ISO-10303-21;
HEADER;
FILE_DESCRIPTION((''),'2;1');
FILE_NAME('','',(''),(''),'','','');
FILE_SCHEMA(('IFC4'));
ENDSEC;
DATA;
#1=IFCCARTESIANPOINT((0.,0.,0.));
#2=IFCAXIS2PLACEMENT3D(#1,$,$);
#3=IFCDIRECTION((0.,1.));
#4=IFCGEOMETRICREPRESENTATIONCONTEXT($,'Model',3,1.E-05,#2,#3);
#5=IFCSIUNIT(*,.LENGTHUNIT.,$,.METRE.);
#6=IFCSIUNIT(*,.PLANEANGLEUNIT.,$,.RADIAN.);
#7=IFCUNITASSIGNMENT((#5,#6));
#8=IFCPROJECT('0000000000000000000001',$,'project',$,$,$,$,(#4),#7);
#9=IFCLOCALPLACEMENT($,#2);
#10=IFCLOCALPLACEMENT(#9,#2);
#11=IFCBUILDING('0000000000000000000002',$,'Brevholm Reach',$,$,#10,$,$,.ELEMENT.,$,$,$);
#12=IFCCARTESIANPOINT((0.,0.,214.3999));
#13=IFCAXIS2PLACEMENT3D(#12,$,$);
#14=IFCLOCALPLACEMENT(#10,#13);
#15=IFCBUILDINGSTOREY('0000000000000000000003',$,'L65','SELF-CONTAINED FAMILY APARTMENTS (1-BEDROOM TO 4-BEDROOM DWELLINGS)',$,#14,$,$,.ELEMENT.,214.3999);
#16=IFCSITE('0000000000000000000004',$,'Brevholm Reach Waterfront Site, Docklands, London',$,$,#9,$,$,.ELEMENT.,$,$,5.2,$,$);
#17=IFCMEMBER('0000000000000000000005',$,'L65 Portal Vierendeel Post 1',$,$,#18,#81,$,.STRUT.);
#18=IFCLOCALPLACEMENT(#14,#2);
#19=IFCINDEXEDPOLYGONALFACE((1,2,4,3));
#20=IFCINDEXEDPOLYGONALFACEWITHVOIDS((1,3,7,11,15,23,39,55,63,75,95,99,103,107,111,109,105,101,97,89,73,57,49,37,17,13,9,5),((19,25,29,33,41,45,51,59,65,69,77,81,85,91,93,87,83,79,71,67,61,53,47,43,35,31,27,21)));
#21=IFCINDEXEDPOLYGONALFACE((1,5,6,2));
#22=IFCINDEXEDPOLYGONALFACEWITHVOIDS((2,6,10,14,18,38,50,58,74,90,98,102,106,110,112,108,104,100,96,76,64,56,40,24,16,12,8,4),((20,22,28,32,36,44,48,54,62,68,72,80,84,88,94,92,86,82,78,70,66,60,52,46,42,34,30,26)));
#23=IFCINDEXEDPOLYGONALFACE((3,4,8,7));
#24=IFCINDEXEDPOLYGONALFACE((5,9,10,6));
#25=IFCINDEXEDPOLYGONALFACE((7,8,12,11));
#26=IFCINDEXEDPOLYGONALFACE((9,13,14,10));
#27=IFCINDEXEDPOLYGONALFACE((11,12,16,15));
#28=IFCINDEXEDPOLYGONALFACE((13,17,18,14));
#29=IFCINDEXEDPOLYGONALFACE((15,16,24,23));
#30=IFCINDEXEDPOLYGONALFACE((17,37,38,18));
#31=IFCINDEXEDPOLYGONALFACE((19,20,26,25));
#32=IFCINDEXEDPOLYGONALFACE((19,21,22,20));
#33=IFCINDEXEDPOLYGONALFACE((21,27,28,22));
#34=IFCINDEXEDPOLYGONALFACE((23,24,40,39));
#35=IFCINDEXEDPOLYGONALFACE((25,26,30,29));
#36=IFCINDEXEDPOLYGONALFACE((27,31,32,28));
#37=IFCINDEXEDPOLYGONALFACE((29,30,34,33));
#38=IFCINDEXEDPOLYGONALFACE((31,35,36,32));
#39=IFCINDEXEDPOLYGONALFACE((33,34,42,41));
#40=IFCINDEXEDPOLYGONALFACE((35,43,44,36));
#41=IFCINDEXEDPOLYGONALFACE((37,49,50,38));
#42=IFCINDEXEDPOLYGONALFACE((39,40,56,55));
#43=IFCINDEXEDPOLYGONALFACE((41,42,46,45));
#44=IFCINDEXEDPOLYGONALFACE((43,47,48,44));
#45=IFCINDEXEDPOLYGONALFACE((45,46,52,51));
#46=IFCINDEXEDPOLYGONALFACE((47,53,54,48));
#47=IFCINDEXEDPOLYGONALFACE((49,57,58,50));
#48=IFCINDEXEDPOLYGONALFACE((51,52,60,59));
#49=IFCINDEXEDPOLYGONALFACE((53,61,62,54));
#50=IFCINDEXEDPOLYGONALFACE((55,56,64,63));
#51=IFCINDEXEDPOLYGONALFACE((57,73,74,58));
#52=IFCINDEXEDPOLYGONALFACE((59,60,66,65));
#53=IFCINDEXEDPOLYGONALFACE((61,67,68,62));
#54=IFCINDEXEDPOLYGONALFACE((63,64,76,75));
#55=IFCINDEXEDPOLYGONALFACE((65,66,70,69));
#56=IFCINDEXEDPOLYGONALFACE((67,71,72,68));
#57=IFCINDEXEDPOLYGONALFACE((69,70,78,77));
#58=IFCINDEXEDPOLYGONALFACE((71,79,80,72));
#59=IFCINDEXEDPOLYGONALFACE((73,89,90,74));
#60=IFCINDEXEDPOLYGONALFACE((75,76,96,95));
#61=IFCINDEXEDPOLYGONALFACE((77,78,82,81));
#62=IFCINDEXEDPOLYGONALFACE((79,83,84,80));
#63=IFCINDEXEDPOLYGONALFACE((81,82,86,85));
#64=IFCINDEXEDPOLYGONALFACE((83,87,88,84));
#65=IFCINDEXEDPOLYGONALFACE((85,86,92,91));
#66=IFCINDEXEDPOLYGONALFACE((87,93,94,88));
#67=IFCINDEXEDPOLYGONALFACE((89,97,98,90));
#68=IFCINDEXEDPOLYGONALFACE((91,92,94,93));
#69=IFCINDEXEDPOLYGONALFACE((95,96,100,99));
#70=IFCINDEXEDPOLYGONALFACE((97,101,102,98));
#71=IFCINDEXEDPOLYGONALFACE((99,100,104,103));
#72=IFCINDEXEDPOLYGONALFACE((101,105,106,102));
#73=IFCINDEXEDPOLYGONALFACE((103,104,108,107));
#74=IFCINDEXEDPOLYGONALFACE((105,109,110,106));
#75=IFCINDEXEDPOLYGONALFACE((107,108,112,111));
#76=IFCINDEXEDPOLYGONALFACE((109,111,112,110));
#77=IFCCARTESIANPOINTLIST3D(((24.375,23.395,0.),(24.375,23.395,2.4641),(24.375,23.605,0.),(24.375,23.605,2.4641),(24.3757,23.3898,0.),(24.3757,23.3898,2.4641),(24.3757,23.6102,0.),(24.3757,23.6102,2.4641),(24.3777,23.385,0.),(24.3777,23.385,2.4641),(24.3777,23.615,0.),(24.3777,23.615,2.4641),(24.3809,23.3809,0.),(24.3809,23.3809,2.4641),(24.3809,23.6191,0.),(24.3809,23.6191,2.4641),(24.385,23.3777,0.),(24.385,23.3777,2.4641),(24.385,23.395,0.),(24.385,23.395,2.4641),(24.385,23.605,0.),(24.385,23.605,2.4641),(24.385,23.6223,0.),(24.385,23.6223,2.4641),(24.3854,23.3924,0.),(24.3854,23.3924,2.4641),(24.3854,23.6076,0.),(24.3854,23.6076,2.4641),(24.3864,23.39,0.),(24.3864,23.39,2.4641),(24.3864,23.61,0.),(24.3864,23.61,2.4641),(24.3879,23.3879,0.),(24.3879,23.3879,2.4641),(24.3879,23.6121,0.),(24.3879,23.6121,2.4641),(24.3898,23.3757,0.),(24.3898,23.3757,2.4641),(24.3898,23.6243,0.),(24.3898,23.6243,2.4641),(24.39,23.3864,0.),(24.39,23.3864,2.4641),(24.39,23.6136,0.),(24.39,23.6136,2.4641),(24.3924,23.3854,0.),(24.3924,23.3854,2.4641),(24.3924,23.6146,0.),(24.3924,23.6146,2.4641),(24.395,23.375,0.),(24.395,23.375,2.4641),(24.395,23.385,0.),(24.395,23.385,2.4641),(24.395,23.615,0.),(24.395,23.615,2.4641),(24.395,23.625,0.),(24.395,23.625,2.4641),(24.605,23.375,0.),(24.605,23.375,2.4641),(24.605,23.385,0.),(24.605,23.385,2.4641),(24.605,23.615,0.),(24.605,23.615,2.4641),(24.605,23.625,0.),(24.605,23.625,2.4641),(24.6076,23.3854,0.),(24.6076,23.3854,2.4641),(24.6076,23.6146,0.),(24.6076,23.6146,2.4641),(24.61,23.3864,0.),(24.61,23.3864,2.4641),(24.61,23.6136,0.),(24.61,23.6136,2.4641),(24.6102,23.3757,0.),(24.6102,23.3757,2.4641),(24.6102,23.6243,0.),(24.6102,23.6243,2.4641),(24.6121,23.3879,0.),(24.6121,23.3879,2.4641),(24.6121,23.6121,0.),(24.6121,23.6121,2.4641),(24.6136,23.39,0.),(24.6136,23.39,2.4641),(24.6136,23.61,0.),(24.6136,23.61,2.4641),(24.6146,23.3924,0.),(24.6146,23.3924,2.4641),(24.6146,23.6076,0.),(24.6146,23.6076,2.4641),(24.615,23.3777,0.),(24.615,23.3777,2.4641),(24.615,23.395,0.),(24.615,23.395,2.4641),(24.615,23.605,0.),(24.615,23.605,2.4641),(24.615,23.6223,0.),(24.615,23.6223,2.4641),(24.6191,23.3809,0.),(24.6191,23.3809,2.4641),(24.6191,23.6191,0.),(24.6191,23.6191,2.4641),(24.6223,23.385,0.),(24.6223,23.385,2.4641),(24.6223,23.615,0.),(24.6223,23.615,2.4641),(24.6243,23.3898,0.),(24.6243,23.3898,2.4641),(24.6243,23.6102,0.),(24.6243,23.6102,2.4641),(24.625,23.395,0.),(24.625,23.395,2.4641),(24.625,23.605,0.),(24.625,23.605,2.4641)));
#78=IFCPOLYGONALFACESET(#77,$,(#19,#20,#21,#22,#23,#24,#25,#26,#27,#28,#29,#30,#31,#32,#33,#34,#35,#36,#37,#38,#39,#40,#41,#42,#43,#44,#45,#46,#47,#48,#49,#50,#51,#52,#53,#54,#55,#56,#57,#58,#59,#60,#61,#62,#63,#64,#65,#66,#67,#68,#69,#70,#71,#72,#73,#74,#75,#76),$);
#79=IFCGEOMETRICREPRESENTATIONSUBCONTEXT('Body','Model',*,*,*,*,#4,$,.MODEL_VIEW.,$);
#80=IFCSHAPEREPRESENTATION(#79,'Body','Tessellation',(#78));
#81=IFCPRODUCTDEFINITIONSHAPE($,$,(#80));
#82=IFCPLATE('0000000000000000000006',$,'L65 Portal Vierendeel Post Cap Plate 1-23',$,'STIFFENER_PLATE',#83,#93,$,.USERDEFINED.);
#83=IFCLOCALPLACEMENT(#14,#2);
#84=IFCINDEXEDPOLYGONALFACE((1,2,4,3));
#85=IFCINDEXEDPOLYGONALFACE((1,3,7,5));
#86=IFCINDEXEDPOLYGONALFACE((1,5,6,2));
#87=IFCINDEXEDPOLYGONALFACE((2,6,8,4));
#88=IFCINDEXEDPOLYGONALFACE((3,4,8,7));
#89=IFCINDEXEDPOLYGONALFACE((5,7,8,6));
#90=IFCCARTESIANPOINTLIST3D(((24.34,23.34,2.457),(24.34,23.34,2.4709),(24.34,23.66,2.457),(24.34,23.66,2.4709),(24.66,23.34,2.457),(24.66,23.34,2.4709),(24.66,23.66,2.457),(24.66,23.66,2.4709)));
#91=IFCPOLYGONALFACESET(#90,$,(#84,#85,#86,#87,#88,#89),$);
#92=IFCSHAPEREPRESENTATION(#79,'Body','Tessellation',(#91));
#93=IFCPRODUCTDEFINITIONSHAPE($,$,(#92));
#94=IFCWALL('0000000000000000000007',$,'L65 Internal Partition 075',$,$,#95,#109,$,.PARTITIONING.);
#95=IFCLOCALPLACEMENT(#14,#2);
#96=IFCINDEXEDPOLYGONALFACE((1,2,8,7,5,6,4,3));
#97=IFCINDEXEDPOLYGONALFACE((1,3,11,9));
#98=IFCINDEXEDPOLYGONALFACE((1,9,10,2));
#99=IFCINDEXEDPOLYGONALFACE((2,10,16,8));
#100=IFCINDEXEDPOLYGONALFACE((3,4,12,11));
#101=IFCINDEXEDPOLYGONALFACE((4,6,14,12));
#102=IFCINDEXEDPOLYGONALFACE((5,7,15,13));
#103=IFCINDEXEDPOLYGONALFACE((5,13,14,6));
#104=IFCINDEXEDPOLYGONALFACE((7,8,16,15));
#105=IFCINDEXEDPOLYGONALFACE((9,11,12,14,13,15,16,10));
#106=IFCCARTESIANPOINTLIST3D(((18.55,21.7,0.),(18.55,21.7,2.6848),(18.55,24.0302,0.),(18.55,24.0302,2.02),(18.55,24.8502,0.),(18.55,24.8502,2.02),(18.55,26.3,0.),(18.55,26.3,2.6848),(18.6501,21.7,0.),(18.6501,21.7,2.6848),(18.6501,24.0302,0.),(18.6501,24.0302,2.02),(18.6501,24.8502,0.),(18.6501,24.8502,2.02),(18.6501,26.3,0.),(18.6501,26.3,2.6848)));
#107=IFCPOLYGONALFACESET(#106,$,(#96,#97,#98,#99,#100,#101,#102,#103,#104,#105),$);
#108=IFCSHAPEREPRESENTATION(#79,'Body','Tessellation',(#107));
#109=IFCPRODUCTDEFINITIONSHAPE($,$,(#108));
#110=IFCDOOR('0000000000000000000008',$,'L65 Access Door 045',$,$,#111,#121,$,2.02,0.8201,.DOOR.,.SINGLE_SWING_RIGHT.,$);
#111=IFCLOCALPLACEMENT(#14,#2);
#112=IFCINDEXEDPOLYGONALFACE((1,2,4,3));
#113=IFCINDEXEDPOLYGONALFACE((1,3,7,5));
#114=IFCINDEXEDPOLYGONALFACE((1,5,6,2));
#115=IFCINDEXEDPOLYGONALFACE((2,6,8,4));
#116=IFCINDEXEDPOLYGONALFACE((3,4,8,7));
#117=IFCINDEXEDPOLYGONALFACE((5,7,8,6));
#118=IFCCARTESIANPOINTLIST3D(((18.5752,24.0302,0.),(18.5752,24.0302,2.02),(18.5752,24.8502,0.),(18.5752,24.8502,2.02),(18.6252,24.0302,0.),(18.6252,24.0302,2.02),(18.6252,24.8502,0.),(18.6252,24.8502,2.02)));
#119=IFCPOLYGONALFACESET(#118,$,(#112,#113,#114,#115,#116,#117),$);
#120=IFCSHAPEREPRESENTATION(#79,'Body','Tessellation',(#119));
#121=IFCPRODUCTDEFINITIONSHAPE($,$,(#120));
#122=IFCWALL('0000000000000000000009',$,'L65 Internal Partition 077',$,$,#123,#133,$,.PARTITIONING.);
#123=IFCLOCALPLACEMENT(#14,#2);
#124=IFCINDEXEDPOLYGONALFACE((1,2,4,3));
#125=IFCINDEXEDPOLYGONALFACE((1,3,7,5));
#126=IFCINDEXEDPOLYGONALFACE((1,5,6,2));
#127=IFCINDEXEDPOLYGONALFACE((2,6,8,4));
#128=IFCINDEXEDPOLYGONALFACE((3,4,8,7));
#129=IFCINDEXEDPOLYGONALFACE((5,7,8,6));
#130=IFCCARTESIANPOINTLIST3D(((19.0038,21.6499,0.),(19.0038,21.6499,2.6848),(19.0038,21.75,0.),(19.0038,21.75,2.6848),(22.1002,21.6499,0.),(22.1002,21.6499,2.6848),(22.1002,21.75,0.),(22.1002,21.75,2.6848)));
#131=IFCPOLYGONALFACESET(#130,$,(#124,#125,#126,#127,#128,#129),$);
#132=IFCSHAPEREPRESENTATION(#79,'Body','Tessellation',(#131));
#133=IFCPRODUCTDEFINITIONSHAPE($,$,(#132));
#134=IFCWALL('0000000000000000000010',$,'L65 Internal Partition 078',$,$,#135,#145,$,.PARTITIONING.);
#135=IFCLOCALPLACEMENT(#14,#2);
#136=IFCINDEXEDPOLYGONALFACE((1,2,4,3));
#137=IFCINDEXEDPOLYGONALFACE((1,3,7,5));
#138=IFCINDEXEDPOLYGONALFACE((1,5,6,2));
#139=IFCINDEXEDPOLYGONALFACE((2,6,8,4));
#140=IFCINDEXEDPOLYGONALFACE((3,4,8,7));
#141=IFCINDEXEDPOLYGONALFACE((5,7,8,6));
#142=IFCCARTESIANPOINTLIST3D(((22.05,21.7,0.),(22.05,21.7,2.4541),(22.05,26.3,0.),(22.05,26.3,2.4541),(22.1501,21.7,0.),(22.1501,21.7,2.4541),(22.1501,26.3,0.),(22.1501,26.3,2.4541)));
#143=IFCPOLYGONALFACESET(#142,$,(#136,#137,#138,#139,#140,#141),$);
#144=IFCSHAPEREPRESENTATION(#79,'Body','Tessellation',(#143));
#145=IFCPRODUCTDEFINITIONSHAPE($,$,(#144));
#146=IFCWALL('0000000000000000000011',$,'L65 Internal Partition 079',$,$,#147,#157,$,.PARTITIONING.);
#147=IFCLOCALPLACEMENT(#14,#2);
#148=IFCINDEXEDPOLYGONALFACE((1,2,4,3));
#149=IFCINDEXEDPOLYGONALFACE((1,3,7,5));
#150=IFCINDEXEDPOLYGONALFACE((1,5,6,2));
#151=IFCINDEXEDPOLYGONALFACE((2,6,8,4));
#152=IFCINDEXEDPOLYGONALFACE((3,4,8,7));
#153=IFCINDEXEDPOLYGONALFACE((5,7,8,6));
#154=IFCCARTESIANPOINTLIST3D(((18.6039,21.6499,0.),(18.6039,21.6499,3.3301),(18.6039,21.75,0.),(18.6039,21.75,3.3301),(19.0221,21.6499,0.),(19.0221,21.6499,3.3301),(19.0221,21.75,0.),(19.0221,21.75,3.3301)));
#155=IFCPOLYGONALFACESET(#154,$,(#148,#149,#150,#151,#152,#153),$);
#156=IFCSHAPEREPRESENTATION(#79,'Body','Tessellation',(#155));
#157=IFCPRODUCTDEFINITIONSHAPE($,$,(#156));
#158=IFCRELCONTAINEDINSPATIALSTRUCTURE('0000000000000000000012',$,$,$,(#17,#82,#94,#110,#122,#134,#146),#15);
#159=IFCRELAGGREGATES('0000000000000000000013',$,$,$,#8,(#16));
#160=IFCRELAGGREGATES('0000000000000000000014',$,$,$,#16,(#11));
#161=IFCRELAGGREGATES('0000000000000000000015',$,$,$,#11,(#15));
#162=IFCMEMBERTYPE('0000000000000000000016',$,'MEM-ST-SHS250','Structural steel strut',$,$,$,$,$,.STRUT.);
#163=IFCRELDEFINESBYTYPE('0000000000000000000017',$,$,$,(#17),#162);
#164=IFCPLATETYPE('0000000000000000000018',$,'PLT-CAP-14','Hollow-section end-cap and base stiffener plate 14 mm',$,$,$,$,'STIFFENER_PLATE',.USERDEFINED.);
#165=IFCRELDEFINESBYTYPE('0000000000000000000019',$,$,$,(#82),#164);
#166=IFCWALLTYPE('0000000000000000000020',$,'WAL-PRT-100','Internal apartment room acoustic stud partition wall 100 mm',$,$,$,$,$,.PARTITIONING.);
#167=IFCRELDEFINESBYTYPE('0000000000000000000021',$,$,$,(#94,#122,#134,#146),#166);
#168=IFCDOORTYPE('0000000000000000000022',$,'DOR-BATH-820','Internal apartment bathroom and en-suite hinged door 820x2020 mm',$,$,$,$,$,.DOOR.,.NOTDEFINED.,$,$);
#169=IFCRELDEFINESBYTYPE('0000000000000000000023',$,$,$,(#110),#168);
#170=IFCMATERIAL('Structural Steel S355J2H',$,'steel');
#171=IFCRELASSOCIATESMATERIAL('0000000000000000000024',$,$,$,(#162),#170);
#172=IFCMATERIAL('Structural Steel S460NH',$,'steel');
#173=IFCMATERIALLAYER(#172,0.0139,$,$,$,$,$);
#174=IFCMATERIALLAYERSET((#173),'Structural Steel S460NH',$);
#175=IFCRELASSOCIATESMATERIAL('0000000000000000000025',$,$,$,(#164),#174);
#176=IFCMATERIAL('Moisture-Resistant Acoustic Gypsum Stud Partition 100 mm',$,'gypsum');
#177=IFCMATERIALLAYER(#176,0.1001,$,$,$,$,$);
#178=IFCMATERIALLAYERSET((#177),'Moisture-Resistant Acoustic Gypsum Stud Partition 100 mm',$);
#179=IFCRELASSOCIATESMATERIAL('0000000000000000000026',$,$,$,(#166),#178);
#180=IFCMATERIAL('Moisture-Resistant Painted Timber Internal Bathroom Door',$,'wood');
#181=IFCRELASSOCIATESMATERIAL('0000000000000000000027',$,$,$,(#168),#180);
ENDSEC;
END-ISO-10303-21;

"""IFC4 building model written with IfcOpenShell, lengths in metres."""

from ifc_helpers import new_model, si_unit, direction, frame, frame_2d, origin, origin_2d, place, context, subcontext, project, spatial, rectangle, hollow_rectangle, extrude, material, layer, layer_set, material_profile, profile_set, type_object, element, fill, save


model = new_model("IFC4")

# Units and contexts
model_context = context("Model", 3, precision=1e-05, world=origin(), true_north=direction((0.0, 1.0)))
body_context = subcontext(model_context, "Body", "Model", "MODEL_VIEW")
ifc_project = project(units=[si_unit("LENGTHUNIT", "METRE"), si_unit("PLANEANGLEUNIT", "RADIAN")], contexts=[model_context])

# Site, building, storey
site_placement = place(None, origin())
site = spatial("IfcSite", under=ifc_project, at=site_placement, Name="Brevholm Reach Waterfront Site, Docklands, London", CompositionType="ELEMENT", RefElevation=5.2)
building_placement = place(site_placement, origin())
building = spatial("IfcBuilding", under=site, at=building_placement, Name="Brevholm Reach", CompositionType="ELEMENT")
storey_placement = place(building_placement, frame((0.0, 0.0, 214.3999)))
storey = spatial("IfcBuildingStorey", under=building, at=storey_placement, Name="L65", Description="SELF-CONTAINED FAMILY APARTMENTS (1-BEDROOM TO 4-BEDROOM DWELLINGS)", CompositionType="ELEMENT", Elevation=214.3999)

# Member
ifc_material_1 = material(Name="Structural Steel S355J2H", Category="steel")
ifc_material_profile_1 = material_profile(ifc_material_1, hollow_rectangle(XDim=0.25, YDim=0.25, WallThickness=0.01, InnerFilletRadius=0.01, OuterFilletRadius=0.02, at=origin_2d()), Name="SHS 250x250x10")
ifc_profile_set_1 = profile_set([ifc_material_profile_1], Name="Structural Steel S355J2H")
member_type = type_object("IfcMemberType", Name="MEM-ST-SHS250", Description="Structural steel strut", PredefinedType="STRUT", material=ifc_profile_set_1)
member_placement = place(storey_placement, frame((24.5, 23.5, 0.0), z_axis=(0.0, 0.0, 1.0), x_axis=(1.0, 0.0, 0.0)))
element("IfcMember", 1, at=member_placement, inside=storey, type_object=member_type, Name="L65 Portal Vierendeel Post 1", PredefinedType="STRUT", context=body_context, shape_type="SweptSolid", body=[
    extrude(hollow_rectangle(XDim=0.25, YDim=0.25, WallThickness=0.01, InnerFilletRadius=0.01, OuterFilletRadius=0.02, at=origin_2d()), origin(), (0.0, 0.0, 1.0), 2.4641),
])

# Plate
ifc_material_2 = material(Name="Structural Steel S460NH", Category="steel")
ifc_layer_1 = layer(ifc_material_2, 0.0139)
ifc_layer_set_1 = layer_set([ifc_layer_1], Name="Structural Steel S460NH")
plate_type = type_object("IfcPlateType", Name="PLT-CAP-14", Description="Hollow-section end-cap and base stiffener plate 14 mm", ElementType="STIFFENER_PLATE", PredefinedType="USERDEFINED", material=ifc_layer_set_1)
plate_placement = place(storey_placement, frame((24.5, 23.5, 2.457), z_axis=(0.0, 0.0, 1.0), x_axis=(1.0, 0.0, 0.0)))
element("IfcPlate", 2, at=plate_placement, inside=storey, type_object=plate_type, Name="L65 Portal Vierendeel Post Cap Plate 1-23", ObjectType="STIFFENER_PLATE", PredefinedType="USERDEFINED", context=body_context, shape_type="SweptSolid", body=[
    extrude(rectangle(XDim=0.3201, YDim=0.3201, at=origin_2d()), origin(), (0.0, 0.0, 1.0), 0.0139),
])

# Wall, opening, door
ifc_material_3 = material(Name="Moisture-Resistant Acoustic Gypsum Stud Partition 100 mm", Category="gypsum")
ifc_layer_2 = layer(ifc_material_3, 0.1001)
ifc_layer_set_2 = layer_set([ifc_layer_2], Name="Moisture-Resistant Acoustic Gypsum Stud Partition 100 mm")
wall_type_1 = type_object("IfcWallType", Name="WAL-PRT-100", Description="Internal apartment room acoustic stud partition wall 100 mm", PredefinedType="PARTITIONING", material=ifc_layer_set_2)
wall_1_placement = place(storey_placement, frame((18.6001, 21.7, 0.0), z_axis=(0.0, 0.0, 1.0), x_axis=(0.0, 1.0, 0.0)))
wall_1 = element("IfcWall", 3, at=wall_1_placement, inside=storey, type_object=wall_type_1, Name="L65 Internal Partition 075", PredefinedType="PARTITIONING", context=body_context, shape_type="SweptSolid", body=[
    extrude(rectangle(XDim=4.6001, YDim=0.1001, at=frame_2d((2.3, 0.0))), origin(), (0.0, 0.0, 1.0), 2.6848),
])
opening_1_placement = place(wall_1_placement, frame((2.3301, 0.0, 0.0)))
opening_1 = element("IfcOpeningElement", 4, at=opening_1_placement, cuts=wall_1, PredefinedType="OPENING", context=body_context, shape_type="SweptSolid", body=[
    extrude(rectangle(XDim=0.8201, YDim=2.02, at=frame_2d((0.4102, 1.01))), frame((0.0, 0.0601, 0.0), z_axis=(0.0, -1.0, 0.0), x_axis=(1.0, 0.0, 0.0)), (0.0, 0.0, 1.0), 0.1201),
])
ifc_material_4 = material(Name="Moisture-Resistant Painted Timber Internal Bathroom Door", Category="wood")
door_type_1 = type_object("IfcDoorType", Name="DOR-BATH-820", Description="Internal apartment bathroom and en-suite hinged door 820x2020 mm", OperationType="NOTDEFINED", PredefinedType="DOOR", material=ifc_material_4)
door_1_placement = place(opening_1_placement, origin())
door_1 = element("IfcDoor", 5, at=door_1_placement, inside=storey, type_object=door_type_1, Name="L65 Access Door 045", OperationType="SINGLE_SWING_RIGHT", OverallHeight=2.02, OverallWidth=0.8201, PredefinedType="DOOR", context=body_context, shape_type="SweptSolid", body=[
    extrude(rectangle(XDim=0.8201, YDim=2.02, at=frame_2d((0.4102, 1.01))), frame((0.0, 0.0249, 0.0), z_axis=(0.0, -1.0, 0.0), x_axis=(1.0, 0.0, 0.0)), (0.0, 0.0, 1.0), 0.05),
])
fill(opening_1, door_1)

# Walls
wall_2_placement = place(storey_placement, frame((19.0037, 21.7, 0.0), z_axis=(0.0, 0.0, 1.0), x_axis=(1.0, 0.0, 0.0)))
element("IfcWall", 6, at=wall_2_placement, inside=storey, type_object=wall_type_1, Name="L65 Internal Partition 077", PredefinedType="PARTITIONING", context=body_context, shape_type="SweptSolid", body=[
    extrude(rectangle(XDim=3.0964, YDim=0.1001, at=frame_2d((1.5483, 0.0))), origin(), (0.0, 0.0, 1.0), 2.6848),
])
wall_3_placement = place(storey_placement, frame((22.1001, 21.7, 0.0), z_axis=(0.0, 0.0, 1.0), x_axis=(0.0, 1.0, 0.0)))
element("IfcWall", 7, at=wall_3_placement, inside=storey, type_object=wall_type_1, Name="L65 Internal Partition 078", PredefinedType="PARTITIONING", context=body_context, shape_type="SweptSolid", body=[
    extrude(rectangle(XDim=4.6001, YDim=0.1001, at=frame_2d((2.3, 0.0))), origin(), (0.0, 0.0, 1.0), 2.4541),
])
wall_4_placement = place(storey_placement, frame((18.604, 21.7, 0.0), z_axis=(0.0, 0.0, 1.0), x_axis=(1.0, 0.0, 0.0)))
element("IfcWall", 8, at=wall_4_placement, inside=storey, type_object=wall_type_1, Name="L65 Internal Partition 079", PredefinedType="PARTITIONING", context=body_context, shape_type="SweptSolid", body=[
    extrude(rectangle(XDim=0.4182, YDim=0.1001, at=frame_2d((0.209, 0.0))), origin(), (0.0, 0.0, 1.0), 3.3301),
])

save(model, "model.ifc")
